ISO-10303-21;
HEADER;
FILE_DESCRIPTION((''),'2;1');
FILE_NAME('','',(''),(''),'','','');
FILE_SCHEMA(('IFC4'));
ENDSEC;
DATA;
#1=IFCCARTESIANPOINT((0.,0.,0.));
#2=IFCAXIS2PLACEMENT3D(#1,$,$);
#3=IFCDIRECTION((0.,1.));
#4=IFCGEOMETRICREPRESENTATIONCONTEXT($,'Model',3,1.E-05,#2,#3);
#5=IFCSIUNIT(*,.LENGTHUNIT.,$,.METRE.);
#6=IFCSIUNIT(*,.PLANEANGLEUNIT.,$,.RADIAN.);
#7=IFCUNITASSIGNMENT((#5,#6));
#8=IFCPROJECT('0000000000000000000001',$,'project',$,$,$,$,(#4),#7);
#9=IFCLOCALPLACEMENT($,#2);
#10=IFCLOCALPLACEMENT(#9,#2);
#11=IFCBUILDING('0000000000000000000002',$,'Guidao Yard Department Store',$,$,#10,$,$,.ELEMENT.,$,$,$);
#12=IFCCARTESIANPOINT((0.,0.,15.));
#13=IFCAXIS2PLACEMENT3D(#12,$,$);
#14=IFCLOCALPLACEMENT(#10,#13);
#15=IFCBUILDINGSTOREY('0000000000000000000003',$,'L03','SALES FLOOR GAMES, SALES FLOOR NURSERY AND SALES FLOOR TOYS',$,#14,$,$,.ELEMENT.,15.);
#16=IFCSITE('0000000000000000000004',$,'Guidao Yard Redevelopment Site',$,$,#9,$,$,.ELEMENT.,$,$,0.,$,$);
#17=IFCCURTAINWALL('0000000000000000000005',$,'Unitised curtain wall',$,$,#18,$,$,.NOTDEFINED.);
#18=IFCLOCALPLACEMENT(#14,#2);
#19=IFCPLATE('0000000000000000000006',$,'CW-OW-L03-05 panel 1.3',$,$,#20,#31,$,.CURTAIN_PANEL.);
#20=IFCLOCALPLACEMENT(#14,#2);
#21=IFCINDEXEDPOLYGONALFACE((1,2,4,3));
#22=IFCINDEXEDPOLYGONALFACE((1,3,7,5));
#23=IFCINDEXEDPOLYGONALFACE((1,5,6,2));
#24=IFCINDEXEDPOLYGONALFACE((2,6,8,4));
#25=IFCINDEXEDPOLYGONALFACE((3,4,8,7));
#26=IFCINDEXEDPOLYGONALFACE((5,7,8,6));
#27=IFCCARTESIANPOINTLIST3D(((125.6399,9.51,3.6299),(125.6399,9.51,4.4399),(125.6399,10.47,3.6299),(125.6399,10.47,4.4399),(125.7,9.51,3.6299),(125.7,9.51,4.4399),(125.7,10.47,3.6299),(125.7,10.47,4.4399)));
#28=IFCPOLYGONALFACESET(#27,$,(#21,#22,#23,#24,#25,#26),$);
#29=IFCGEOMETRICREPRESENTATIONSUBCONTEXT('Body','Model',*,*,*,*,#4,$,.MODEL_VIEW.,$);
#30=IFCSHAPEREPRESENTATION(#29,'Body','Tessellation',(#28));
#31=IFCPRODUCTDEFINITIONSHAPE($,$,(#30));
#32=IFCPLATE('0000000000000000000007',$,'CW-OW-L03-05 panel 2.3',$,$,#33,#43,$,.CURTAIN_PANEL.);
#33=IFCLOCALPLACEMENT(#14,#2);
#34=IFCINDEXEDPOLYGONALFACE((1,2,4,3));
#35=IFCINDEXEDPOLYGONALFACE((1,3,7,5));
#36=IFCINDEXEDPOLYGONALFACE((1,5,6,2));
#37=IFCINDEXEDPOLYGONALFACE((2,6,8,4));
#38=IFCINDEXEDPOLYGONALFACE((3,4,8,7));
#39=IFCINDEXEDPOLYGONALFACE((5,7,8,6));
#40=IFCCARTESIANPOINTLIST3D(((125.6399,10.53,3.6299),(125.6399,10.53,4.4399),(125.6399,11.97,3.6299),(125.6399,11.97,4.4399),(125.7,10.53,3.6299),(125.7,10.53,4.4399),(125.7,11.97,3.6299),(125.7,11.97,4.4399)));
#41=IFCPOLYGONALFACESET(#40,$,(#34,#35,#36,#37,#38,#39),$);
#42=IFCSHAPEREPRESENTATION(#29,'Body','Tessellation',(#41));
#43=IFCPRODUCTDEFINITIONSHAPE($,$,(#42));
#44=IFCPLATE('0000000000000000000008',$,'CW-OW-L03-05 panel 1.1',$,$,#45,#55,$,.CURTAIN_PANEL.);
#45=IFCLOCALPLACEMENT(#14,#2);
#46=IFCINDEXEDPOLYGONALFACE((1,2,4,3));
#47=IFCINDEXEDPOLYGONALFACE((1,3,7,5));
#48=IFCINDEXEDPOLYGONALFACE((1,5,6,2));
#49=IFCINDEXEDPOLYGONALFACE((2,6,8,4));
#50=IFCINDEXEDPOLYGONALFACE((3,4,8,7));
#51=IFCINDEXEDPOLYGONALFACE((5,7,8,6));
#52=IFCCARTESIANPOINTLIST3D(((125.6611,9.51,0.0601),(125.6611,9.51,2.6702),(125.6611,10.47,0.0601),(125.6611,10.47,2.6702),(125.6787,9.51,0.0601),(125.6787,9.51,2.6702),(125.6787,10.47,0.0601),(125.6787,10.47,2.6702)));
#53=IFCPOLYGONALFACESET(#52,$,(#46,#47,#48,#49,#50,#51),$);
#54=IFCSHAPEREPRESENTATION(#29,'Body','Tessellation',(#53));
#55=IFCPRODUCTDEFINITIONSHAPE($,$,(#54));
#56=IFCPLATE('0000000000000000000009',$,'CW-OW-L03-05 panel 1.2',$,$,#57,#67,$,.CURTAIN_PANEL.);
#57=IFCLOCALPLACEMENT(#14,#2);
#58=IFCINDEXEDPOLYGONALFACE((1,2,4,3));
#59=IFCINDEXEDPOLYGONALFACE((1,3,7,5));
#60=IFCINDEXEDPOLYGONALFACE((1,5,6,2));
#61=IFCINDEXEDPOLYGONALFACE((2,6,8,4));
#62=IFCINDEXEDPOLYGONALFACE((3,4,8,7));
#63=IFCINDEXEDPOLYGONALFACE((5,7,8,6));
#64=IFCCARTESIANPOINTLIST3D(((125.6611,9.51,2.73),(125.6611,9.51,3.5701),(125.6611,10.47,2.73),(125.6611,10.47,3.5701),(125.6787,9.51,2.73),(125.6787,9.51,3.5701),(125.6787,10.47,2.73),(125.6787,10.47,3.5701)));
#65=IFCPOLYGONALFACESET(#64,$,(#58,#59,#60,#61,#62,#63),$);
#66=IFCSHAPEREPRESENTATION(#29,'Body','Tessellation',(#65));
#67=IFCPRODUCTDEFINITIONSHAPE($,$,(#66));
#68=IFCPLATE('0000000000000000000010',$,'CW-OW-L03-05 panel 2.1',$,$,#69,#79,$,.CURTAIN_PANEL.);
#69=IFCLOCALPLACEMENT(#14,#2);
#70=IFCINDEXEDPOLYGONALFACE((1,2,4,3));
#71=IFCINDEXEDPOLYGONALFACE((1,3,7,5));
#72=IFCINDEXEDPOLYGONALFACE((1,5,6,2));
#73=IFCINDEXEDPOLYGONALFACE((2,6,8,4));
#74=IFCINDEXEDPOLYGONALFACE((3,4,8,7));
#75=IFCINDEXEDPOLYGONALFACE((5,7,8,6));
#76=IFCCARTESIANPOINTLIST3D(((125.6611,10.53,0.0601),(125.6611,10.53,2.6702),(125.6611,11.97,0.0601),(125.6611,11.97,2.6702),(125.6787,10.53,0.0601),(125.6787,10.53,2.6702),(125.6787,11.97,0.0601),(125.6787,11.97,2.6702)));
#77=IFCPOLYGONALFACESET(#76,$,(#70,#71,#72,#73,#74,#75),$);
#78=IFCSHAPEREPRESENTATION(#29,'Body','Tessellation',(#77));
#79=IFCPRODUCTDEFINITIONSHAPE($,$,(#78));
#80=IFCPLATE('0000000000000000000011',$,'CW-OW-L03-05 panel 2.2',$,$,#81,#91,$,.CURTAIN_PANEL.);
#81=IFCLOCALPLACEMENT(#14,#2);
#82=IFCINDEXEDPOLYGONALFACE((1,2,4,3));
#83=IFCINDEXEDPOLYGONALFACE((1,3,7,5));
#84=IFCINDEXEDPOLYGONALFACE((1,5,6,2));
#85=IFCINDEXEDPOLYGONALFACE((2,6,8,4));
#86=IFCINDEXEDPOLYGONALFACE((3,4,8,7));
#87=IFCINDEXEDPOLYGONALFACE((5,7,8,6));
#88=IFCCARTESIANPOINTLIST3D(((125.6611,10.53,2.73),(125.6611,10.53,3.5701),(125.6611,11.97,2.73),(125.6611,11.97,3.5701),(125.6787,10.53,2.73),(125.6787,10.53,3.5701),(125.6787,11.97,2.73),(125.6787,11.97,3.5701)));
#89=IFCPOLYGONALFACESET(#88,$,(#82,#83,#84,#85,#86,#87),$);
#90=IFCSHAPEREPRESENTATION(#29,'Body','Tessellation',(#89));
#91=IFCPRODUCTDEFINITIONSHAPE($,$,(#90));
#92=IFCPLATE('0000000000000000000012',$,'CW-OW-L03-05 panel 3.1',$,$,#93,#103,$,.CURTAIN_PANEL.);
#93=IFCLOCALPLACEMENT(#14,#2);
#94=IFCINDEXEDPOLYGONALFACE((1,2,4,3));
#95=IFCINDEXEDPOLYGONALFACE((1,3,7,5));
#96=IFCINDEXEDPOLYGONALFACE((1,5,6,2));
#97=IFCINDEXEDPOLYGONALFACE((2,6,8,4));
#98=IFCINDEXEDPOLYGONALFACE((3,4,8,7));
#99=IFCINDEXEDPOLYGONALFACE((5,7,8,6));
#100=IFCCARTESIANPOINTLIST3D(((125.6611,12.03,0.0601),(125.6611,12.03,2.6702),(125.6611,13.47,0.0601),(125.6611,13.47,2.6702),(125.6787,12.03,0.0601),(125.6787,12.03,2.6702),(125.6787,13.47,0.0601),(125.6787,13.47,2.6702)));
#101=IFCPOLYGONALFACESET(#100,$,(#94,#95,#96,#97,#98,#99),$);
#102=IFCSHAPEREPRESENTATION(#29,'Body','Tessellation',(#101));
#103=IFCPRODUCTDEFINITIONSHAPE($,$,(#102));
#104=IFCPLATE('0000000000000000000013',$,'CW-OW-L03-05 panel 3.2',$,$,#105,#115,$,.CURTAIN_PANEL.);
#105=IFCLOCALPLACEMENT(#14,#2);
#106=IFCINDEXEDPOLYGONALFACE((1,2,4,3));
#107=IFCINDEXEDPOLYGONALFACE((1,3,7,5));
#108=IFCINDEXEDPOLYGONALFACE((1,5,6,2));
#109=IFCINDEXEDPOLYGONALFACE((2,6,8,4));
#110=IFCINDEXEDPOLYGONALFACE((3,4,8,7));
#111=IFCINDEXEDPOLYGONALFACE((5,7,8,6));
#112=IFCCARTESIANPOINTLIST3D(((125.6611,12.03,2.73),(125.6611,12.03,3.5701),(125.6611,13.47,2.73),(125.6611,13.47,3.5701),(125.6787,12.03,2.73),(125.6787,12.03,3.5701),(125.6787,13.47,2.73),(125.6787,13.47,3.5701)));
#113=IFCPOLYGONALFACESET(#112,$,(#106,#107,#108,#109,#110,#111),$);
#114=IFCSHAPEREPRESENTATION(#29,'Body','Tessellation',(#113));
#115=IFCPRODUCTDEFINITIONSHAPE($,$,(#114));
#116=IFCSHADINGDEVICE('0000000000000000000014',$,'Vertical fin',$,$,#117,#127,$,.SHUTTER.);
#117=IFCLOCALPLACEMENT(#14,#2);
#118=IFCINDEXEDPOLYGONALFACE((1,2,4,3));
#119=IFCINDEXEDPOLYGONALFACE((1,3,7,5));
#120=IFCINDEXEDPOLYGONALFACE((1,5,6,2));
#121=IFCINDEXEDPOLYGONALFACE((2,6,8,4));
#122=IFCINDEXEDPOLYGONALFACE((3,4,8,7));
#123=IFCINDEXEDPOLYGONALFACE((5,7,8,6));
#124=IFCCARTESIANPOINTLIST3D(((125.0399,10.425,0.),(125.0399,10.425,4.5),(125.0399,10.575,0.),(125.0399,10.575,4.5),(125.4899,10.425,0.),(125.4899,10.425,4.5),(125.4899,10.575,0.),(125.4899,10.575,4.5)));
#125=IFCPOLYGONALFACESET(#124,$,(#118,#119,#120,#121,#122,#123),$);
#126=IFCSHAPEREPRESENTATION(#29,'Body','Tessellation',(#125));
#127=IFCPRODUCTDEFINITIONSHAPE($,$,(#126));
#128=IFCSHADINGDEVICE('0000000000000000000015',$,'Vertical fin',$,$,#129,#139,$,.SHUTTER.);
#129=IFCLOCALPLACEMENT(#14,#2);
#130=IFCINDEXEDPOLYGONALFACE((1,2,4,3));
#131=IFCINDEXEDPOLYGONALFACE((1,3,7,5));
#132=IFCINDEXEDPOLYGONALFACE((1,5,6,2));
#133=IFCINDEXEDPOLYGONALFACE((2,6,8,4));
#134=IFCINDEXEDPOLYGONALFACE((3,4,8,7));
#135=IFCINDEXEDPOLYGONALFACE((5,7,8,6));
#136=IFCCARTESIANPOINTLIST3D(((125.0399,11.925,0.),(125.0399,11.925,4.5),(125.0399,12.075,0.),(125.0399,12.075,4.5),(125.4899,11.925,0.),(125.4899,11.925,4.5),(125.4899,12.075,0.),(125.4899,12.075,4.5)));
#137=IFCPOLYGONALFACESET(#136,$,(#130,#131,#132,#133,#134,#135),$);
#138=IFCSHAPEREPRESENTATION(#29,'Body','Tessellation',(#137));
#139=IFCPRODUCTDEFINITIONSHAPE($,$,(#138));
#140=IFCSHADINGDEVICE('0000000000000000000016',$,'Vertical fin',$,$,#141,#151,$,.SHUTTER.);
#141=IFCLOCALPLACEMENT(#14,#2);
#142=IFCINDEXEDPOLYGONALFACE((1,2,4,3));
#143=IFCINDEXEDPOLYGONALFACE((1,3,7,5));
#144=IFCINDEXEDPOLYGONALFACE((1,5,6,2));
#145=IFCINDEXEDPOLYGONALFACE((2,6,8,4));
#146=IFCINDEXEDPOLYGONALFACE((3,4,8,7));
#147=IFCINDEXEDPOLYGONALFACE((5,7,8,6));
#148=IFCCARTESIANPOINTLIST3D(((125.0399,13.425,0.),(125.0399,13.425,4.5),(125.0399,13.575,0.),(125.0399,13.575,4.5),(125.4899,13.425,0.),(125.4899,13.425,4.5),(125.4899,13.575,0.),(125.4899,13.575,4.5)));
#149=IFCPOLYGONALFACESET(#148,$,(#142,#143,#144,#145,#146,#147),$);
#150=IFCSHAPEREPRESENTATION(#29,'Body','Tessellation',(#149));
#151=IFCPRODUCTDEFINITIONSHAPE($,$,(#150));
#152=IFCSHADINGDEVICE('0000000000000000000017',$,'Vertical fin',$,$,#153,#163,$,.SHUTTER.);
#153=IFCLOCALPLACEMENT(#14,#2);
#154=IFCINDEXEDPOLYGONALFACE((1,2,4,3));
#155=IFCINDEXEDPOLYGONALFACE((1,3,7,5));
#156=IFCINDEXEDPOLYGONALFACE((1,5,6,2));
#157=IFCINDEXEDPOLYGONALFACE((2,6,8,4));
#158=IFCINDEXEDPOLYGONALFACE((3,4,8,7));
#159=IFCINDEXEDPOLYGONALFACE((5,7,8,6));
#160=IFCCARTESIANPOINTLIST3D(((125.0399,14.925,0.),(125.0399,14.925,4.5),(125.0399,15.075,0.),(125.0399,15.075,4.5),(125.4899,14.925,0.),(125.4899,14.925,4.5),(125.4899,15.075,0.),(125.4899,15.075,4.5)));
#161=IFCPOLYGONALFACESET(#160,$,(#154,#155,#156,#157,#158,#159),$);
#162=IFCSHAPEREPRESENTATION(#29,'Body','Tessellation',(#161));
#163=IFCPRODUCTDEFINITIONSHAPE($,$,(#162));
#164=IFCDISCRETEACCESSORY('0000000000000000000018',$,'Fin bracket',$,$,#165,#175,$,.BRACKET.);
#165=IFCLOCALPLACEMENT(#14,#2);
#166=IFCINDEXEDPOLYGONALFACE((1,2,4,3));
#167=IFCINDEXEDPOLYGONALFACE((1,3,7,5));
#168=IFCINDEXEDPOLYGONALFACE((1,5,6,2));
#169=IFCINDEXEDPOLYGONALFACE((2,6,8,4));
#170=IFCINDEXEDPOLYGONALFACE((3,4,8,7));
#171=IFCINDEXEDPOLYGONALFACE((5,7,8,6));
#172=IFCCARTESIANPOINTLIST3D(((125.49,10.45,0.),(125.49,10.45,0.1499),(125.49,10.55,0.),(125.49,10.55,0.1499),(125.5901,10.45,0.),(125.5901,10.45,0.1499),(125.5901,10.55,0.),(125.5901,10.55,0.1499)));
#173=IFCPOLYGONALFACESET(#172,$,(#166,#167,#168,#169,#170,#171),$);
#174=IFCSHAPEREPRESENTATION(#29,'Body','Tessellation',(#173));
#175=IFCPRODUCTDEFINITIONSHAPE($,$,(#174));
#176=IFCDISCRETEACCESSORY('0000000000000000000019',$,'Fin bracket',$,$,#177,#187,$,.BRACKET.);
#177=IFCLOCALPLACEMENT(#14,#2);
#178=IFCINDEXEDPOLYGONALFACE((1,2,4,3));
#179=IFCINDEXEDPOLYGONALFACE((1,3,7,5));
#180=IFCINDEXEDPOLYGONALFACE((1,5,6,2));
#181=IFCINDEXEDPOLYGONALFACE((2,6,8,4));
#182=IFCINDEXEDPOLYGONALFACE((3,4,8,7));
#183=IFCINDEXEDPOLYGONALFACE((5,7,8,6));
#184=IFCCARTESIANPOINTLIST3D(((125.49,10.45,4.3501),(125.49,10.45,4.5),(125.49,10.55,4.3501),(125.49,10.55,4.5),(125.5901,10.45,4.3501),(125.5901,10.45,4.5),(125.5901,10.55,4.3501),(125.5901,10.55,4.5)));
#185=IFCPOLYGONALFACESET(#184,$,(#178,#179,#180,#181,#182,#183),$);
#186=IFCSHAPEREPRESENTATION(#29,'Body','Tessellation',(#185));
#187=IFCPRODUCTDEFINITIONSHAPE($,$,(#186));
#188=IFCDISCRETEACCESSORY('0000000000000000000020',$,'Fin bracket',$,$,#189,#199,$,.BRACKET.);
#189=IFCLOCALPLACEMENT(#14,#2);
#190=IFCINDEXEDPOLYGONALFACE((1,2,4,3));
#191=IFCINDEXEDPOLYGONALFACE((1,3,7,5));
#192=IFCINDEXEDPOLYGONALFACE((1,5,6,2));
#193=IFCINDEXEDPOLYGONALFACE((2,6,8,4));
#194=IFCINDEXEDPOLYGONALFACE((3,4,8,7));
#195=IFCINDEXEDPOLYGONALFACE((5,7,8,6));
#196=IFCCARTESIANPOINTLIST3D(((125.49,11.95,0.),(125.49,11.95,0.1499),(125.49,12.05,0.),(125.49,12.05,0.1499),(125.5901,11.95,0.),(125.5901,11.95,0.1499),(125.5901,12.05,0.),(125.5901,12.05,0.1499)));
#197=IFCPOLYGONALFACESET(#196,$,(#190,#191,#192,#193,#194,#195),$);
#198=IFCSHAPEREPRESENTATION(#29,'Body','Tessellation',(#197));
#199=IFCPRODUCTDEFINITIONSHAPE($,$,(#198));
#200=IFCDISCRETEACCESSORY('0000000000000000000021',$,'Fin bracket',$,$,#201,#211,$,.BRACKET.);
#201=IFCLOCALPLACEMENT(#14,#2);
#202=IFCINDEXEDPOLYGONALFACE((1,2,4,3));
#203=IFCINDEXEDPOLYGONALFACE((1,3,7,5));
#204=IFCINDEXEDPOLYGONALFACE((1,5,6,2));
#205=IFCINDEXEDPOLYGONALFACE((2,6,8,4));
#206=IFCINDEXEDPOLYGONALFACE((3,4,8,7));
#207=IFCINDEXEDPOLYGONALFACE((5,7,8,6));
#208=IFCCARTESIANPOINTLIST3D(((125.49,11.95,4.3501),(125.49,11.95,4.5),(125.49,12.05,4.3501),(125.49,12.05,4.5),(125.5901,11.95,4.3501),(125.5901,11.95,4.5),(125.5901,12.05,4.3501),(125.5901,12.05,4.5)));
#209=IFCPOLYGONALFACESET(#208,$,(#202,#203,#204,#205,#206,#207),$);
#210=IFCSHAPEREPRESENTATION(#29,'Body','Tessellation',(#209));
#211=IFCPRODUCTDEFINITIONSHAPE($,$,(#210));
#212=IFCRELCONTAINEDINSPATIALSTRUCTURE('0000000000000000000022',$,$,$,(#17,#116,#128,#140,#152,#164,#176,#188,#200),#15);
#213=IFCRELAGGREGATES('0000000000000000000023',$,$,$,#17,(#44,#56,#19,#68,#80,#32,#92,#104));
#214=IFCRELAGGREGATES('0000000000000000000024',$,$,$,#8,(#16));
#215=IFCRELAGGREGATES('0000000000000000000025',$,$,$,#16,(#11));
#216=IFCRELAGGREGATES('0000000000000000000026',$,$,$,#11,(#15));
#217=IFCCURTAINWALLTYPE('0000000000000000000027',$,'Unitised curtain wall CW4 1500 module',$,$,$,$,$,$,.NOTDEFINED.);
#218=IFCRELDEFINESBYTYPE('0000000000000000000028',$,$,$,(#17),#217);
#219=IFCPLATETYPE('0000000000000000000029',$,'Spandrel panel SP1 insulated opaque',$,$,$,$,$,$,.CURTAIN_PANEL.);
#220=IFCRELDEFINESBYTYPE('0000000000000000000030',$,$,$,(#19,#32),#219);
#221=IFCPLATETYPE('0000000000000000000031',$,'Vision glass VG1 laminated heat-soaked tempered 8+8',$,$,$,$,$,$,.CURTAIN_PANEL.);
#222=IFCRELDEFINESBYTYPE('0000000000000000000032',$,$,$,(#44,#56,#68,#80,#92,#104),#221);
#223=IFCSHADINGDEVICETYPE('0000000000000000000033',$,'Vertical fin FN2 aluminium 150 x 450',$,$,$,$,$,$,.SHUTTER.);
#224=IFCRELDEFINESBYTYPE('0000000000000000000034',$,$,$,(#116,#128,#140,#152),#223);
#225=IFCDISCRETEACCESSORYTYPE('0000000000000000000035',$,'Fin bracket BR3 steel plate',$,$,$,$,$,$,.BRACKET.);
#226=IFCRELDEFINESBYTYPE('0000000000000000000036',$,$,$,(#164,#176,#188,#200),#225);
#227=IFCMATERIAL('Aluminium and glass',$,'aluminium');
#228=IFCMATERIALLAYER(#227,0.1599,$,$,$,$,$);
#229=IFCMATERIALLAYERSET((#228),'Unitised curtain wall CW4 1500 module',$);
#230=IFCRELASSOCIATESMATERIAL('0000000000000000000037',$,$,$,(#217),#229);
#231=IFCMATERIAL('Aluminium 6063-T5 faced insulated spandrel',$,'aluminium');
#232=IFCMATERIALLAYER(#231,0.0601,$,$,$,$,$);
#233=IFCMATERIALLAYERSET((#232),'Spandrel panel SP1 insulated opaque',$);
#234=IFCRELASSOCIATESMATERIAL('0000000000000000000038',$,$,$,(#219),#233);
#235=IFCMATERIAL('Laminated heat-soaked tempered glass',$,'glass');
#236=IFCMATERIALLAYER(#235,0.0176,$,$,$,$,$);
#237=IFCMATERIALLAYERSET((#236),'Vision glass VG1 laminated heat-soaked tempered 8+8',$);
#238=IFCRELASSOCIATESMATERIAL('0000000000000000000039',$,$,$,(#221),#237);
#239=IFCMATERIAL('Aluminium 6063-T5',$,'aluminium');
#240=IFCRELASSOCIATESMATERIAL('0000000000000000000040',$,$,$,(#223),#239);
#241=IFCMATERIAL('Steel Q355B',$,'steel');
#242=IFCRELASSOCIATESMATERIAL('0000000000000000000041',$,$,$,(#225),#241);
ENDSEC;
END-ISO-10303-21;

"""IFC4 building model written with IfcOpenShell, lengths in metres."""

from ifc_helpers import new_model, si_unit, direction, frame, origin, origin_2d, place, context, subcontext, project, spatial, rectangle, extrude, material, layer, layer_set, type_object, element, aggregate, save


model = new_model("IFC4")

# Units and contexts
model_context = context("Model", 3, precision=1e-05, world=origin(), true_north=direction((0.0, 1.0)))
body_context = subcontext(model_context, "Body", "Model", "MODEL_VIEW")
ifc_project = project(units=[si_unit("LENGTHUNIT", "METRE"), si_unit("PLANEANGLEUNIT", "RADIAN")], contexts=[model_context])

# Site, building, storey
site_placement = place(None, origin())
site = spatial("IfcSite", under=ifc_project, at=site_placement, Name="Guidao Yard Redevelopment Site", CompositionType="ELEMENT", RefElevation=0.0)
building_placement = place(site_placement, origin())
building = spatial("IfcBuilding", under=site, at=building_placement, Name="Guidao Yard Department Store", CompositionType="ELEMENT")
storey_placement = place(building_placement, frame((0.0, 0.0, 15.0)))
storey = spatial("IfcBuildingStorey", under=building, at=storey_placement, Name="L03", Description="SALES FLOOR GAMES, SALES FLOOR NURSERY AND SALES FLOOR TOYS", CompositionType="ELEMENT", Elevation=15.0)

# Curtain wall, plates
ifc_material_1 = material(Name="Aluminium and glass", Category="aluminium")
ifc_layer_1 = layer(ifc_material_1, 0.1599)
ifc_layer_set_1 = layer_set([ifc_layer_1], Name="Unitised curtain wall CW4 1500 module")
curtain_wall_type = type_object("IfcCurtainWallType", Name="Unitised curtain wall CW4 1500 module", PredefinedType="NOTDEFINED", material=ifc_layer_set_1)
curtain_wall_placement = place(storey_placement, origin())
curtain_wall = element("IfcCurtainWall", 1, at=curtain_wall_placement, inside=storey, type_object=curtain_wall_type, Name="Unitised curtain wall", PredefinedType="NOTDEFINED")
ifc_material_2 = material(Name="Aluminium 6063-T5 faced insulated spandrel", Category="aluminium")
ifc_layer_2 = layer(ifc_material_2, 0.0601)
ifc_layer_set_2 = layer_set([ifc_layer_2], Name="Spandrel panel SP1 insulated opaque")
plate_type_1 = type_object("IfcPlateType", Name="Spandrel panel SP1 insulated opaque", PredefinedType="CURTAIN_PANEL", material=ifc_layer_set_2)
plate_1_placement = place(storey_placement, frame((125.6699, 9.99, 3.6299), z_axis=(0.0, 0.0, 1.0), x_axis=(0.0, 1.0, 0.0)))
plate_1 = element("IfcPlate", 2, at=plate_1_placement, type_object=plate_type_1, Name="CW-OW-L03-05 panel 1.3", PredefinedType="CURTAIN_PANEL", context=body_context, shape_type="SweptSolid", body=[
    extrude(rectangle(XDim=0.96, YDim=0.0601, at=origin_2d()), origin(), (0.0, 0.0, 1.0), 0.8101),
])
plate_2_placement = place(storey_placement, frame((125.6699, 11.25, 3.6299), z_axis=(0.0, 0.0, 1.0), x_axis=(0.0, 1.0, 0.0)))
plate_2 = element("IfcPlate", 3, at=plate_2_placement, type_object=plate_type_1, Name="CW-OW-L03-05 panel 2.3", PredefinedType="CURTAIN_PANEL", context=body_context, shape_type="SweptSolid", body=[
    extrude(rectangle(XDim=1.4399, YDim=0.0601, at=origin_2d()), origin(), (0.0, 0.0, 1.0), 0.8101),
])
ifc_material_3 = material(Name="Laminated heat-soaked tempered glass", Category="glass")
ifc_layer_3 = layer(ifc_material_3, 0.0176)
ifc_layer_set_3 = layer_set([ifc_layer_3], Name="Vision glass VG1 laminated heat-soaked tempered 8+8")
plate_type_2 = type_object("IfcPlateType", Name="Vision glass VG1 laminated heat-soaked tempered 8+8", PredefinedType="CURTAIN_PANEL", material=ifc_layer_set_3)
plate_3_placement = place(storey_placement, frame((125.6699, 9.99, 0.0601), z_axis=(0.0, 0.0, 1.0), x_axis=(0.0, 1.0, 0.0)))
plate_3 = element("IfcPlate", 4, at=plate_3_placement, type_object=plate_type_2, Name="CW-OW-L03-05 panel 1.1", PredefinedType="CURTAIN_PANEL", context=body_context, shape_type="SweptSolid", body=[
    extrude(rectangle(XDim=0.96, YDim=0.0176, at=origin_2d()), origin(), (0.0, 0.0, 1.0), 2.6101),
])
plate_4_placement = place(storey_placement, frame((125.6699, 9.99, 2.73), z_axis=(0.0, 0.0, 1.0), x_axis=(0.0, 1.0, 0.0)))
plate_4 = element("IfcPlate", 5, at=plate_4_placement, type_object=plate_type_2, Name="CW-OW-L03-05 panel 1.2", PredefinedType="CURTAIN_PANEL", context=body_context, shape_type="SweptSolid", body=[
    extrude(rectangle(XDim=0.96, YDim=0.0176, at=origin_2d()), origin(), (0.0, 0.0, 1.0), 0.8401),
])
plate_5_placement = place(storey_placement, frame((125.6699, 11.25, 0.0601), z_axis=(0.0, 0.0, 1.0), x_axis=(0.0, 1.0, 0.0)))
plate_5 = element("IfcPlate", 6, at=plate_5_placement, type_object=plate_type_2, Name="CW-OW-L03-05 panel 2.1", PredefinedType="CURTAIN_PANEL", context=body_context, shape_type="SweptSolid", body=[
    extrude(rectangle(XDim=1.4399, YDim=0.0176, at=origin_2d()), origin(), (0.0, 0.0, 1.0), 2.6101),
])
plate_6_placement = place(storey_placement, frame((125.6699, 11.25, 2.73), z_axis=(0.0, 0.0, 1.0), x_axis=(0.0, 1.0, 0.0)))
plate_6 = element("IfcPlate", 7, at=plate_6_placement, type_object=plate_type_2, Name="CW-OW-L03-05 panel 2.2", PredefinedType="CURTAIN_PANEL", context=body_context, shape_type="SweptSolid", body=[
    extrude(rectangle(XDim=1.4399, YDim=0.0176, at=origin_2d()), origin(), (0.0, 0.0, 1.0), 0.8401),
])
plate_7_placement = place(storey_placement, frame((125.6699, 12.75, 0.0601), z_axis=(0.0, 0.0, 1.0), x_axis=(0.0, 1.0, 0.0)))
plate_7 = element("IfcPlate", 8, at=plate_7_placement, type_object=plate_type_2, Name="CW-OW-L03-05 panel 3.1", PredefinedType="CURTAIN_PANEL", context=body_context, shape_type="SweptSolid", body=[
    extrude(rectangle(XDim=1.4399, YDim=0.0176, at=origin_2d()), origin(), (0.0, 0.0, 1.0), 2.6101),
])
plate_8_placement = place(storey_placement, frame((125.6699, 12.75, 2.73), z_axis=(0.0, 0.0, 1.0), x_axis=(0.0, 1.0, 0.0)))
plate_8 = element("IfcPlate", 9, at=plate_8_placement, type_object=plate_type_2, Name="CW-OW-L03-05 panel 3.2", PredefinedType="CURTAIN_PANEL", context=body_context, shape_type="SweptSolid", body=[
    extrude(rectangle(XDim=1.4399, YDim=0.0176, at=origin_2d()), origin(), (0.0, 0.0, 1.0), 0.8401),
])
aggregate(curtain_wall, [plate_3, plate_4, plate_1, plate_5, plate_6, plate_2, plate_7, plate_8])

# Shading devices
ifc_material_4 = material(Name="Aluminium 6063-T5", Category="aluminium")
shading_device_type = type_object("IfcShadingDeviceType", Name="Vertical fin FN2 aluminium 150 x 450", PredefinedType="SHUTTER", material=ifc_material_4)
for number, where, z_axis, x_axis, name in (
    (10, (125.2649, 10.5, 0.0), (0.0, 0.0, 1.0), (0.0, 1.0, 0.0), "Vertical fin"),
    (11, (125.2649, 12.0, 0.0), (0.0, 0.0, 1.0), (0.0, 1.0, 0.0), "Vertical fin"),
    (12, (125.2649, 13.5, 0.0), (0.0, 0.0, 1.0), (0.0, 1.0, 0.0), "Vertical fin"),
    (13, (125.2649, 15.0, 0.0), (0.0, 0.0, 1.0), (0.0, 1.0, 0.0), "Vertical fin"),
):
    element("IfcShadingDevice", number, at=place(storey_placement, frame(where, z_axis=z_axis, x_axis=x_axis)), inside=storey, type_object=shading_device_type, Name=name, PredefinedType="SHUTTER", context=body_context, shape_type="SweptSolid", body=[
        extrude(rectangle(XDim=0.1499, YDim=0.45, at=origin_2d()), origin(), (0.0, 0.0, 1.0), 4.5),
    ])

# Discrete accessories
ifc_material_5 = material(Name="Steel Q355B", Category="steel")
discrete_accessory_type = type_object("IfcDiscreteAccessoryType", Name="Fin bracket BR3 steel plate", PredefinedType="BRACKET", material=ifc_material_5)
for number, where, z_axis, x_axis, name in (
    (14, (125.54, 10.5, 0.0), (0.0, 0.0, 1.0), (0.0, 1.0, 0.0), "Fin bracket"),
    (15, (125.54, 10.5, 4.3501), (0.0, 0.0, 1.0), (0.0, 1.0, 0.0), "Fin bracket"),
    (16, (125.54, 12.0, 0.0), (0.0, 0.0, 1.0), (0.0, 1.0, 0.0), "Fin bracket"),
    (17, (125.54, 12.0, 4.3501), (0.0, 0.0, 1.0), (0.0, 1.0, 0.0), "Fin bracket"),
):
    element("IfcDiscreteAccessory", number, at=place(storey_placement, frame(where, z_axis=z_axis, x_axis=x_axis)), inside=storey, type_object=discrete_accessory_type, Name=name, PredefinedType="BRACKET", context=body_context, shape_type="SweptSolid", body=[
        extrude(rectangle(XDim=0.1001, YDim=0.1001, at=origin_2d()), origin(), (0.0, 0.0, 1.0), 0.1499),
    ])

save(model, "model.ifc")
